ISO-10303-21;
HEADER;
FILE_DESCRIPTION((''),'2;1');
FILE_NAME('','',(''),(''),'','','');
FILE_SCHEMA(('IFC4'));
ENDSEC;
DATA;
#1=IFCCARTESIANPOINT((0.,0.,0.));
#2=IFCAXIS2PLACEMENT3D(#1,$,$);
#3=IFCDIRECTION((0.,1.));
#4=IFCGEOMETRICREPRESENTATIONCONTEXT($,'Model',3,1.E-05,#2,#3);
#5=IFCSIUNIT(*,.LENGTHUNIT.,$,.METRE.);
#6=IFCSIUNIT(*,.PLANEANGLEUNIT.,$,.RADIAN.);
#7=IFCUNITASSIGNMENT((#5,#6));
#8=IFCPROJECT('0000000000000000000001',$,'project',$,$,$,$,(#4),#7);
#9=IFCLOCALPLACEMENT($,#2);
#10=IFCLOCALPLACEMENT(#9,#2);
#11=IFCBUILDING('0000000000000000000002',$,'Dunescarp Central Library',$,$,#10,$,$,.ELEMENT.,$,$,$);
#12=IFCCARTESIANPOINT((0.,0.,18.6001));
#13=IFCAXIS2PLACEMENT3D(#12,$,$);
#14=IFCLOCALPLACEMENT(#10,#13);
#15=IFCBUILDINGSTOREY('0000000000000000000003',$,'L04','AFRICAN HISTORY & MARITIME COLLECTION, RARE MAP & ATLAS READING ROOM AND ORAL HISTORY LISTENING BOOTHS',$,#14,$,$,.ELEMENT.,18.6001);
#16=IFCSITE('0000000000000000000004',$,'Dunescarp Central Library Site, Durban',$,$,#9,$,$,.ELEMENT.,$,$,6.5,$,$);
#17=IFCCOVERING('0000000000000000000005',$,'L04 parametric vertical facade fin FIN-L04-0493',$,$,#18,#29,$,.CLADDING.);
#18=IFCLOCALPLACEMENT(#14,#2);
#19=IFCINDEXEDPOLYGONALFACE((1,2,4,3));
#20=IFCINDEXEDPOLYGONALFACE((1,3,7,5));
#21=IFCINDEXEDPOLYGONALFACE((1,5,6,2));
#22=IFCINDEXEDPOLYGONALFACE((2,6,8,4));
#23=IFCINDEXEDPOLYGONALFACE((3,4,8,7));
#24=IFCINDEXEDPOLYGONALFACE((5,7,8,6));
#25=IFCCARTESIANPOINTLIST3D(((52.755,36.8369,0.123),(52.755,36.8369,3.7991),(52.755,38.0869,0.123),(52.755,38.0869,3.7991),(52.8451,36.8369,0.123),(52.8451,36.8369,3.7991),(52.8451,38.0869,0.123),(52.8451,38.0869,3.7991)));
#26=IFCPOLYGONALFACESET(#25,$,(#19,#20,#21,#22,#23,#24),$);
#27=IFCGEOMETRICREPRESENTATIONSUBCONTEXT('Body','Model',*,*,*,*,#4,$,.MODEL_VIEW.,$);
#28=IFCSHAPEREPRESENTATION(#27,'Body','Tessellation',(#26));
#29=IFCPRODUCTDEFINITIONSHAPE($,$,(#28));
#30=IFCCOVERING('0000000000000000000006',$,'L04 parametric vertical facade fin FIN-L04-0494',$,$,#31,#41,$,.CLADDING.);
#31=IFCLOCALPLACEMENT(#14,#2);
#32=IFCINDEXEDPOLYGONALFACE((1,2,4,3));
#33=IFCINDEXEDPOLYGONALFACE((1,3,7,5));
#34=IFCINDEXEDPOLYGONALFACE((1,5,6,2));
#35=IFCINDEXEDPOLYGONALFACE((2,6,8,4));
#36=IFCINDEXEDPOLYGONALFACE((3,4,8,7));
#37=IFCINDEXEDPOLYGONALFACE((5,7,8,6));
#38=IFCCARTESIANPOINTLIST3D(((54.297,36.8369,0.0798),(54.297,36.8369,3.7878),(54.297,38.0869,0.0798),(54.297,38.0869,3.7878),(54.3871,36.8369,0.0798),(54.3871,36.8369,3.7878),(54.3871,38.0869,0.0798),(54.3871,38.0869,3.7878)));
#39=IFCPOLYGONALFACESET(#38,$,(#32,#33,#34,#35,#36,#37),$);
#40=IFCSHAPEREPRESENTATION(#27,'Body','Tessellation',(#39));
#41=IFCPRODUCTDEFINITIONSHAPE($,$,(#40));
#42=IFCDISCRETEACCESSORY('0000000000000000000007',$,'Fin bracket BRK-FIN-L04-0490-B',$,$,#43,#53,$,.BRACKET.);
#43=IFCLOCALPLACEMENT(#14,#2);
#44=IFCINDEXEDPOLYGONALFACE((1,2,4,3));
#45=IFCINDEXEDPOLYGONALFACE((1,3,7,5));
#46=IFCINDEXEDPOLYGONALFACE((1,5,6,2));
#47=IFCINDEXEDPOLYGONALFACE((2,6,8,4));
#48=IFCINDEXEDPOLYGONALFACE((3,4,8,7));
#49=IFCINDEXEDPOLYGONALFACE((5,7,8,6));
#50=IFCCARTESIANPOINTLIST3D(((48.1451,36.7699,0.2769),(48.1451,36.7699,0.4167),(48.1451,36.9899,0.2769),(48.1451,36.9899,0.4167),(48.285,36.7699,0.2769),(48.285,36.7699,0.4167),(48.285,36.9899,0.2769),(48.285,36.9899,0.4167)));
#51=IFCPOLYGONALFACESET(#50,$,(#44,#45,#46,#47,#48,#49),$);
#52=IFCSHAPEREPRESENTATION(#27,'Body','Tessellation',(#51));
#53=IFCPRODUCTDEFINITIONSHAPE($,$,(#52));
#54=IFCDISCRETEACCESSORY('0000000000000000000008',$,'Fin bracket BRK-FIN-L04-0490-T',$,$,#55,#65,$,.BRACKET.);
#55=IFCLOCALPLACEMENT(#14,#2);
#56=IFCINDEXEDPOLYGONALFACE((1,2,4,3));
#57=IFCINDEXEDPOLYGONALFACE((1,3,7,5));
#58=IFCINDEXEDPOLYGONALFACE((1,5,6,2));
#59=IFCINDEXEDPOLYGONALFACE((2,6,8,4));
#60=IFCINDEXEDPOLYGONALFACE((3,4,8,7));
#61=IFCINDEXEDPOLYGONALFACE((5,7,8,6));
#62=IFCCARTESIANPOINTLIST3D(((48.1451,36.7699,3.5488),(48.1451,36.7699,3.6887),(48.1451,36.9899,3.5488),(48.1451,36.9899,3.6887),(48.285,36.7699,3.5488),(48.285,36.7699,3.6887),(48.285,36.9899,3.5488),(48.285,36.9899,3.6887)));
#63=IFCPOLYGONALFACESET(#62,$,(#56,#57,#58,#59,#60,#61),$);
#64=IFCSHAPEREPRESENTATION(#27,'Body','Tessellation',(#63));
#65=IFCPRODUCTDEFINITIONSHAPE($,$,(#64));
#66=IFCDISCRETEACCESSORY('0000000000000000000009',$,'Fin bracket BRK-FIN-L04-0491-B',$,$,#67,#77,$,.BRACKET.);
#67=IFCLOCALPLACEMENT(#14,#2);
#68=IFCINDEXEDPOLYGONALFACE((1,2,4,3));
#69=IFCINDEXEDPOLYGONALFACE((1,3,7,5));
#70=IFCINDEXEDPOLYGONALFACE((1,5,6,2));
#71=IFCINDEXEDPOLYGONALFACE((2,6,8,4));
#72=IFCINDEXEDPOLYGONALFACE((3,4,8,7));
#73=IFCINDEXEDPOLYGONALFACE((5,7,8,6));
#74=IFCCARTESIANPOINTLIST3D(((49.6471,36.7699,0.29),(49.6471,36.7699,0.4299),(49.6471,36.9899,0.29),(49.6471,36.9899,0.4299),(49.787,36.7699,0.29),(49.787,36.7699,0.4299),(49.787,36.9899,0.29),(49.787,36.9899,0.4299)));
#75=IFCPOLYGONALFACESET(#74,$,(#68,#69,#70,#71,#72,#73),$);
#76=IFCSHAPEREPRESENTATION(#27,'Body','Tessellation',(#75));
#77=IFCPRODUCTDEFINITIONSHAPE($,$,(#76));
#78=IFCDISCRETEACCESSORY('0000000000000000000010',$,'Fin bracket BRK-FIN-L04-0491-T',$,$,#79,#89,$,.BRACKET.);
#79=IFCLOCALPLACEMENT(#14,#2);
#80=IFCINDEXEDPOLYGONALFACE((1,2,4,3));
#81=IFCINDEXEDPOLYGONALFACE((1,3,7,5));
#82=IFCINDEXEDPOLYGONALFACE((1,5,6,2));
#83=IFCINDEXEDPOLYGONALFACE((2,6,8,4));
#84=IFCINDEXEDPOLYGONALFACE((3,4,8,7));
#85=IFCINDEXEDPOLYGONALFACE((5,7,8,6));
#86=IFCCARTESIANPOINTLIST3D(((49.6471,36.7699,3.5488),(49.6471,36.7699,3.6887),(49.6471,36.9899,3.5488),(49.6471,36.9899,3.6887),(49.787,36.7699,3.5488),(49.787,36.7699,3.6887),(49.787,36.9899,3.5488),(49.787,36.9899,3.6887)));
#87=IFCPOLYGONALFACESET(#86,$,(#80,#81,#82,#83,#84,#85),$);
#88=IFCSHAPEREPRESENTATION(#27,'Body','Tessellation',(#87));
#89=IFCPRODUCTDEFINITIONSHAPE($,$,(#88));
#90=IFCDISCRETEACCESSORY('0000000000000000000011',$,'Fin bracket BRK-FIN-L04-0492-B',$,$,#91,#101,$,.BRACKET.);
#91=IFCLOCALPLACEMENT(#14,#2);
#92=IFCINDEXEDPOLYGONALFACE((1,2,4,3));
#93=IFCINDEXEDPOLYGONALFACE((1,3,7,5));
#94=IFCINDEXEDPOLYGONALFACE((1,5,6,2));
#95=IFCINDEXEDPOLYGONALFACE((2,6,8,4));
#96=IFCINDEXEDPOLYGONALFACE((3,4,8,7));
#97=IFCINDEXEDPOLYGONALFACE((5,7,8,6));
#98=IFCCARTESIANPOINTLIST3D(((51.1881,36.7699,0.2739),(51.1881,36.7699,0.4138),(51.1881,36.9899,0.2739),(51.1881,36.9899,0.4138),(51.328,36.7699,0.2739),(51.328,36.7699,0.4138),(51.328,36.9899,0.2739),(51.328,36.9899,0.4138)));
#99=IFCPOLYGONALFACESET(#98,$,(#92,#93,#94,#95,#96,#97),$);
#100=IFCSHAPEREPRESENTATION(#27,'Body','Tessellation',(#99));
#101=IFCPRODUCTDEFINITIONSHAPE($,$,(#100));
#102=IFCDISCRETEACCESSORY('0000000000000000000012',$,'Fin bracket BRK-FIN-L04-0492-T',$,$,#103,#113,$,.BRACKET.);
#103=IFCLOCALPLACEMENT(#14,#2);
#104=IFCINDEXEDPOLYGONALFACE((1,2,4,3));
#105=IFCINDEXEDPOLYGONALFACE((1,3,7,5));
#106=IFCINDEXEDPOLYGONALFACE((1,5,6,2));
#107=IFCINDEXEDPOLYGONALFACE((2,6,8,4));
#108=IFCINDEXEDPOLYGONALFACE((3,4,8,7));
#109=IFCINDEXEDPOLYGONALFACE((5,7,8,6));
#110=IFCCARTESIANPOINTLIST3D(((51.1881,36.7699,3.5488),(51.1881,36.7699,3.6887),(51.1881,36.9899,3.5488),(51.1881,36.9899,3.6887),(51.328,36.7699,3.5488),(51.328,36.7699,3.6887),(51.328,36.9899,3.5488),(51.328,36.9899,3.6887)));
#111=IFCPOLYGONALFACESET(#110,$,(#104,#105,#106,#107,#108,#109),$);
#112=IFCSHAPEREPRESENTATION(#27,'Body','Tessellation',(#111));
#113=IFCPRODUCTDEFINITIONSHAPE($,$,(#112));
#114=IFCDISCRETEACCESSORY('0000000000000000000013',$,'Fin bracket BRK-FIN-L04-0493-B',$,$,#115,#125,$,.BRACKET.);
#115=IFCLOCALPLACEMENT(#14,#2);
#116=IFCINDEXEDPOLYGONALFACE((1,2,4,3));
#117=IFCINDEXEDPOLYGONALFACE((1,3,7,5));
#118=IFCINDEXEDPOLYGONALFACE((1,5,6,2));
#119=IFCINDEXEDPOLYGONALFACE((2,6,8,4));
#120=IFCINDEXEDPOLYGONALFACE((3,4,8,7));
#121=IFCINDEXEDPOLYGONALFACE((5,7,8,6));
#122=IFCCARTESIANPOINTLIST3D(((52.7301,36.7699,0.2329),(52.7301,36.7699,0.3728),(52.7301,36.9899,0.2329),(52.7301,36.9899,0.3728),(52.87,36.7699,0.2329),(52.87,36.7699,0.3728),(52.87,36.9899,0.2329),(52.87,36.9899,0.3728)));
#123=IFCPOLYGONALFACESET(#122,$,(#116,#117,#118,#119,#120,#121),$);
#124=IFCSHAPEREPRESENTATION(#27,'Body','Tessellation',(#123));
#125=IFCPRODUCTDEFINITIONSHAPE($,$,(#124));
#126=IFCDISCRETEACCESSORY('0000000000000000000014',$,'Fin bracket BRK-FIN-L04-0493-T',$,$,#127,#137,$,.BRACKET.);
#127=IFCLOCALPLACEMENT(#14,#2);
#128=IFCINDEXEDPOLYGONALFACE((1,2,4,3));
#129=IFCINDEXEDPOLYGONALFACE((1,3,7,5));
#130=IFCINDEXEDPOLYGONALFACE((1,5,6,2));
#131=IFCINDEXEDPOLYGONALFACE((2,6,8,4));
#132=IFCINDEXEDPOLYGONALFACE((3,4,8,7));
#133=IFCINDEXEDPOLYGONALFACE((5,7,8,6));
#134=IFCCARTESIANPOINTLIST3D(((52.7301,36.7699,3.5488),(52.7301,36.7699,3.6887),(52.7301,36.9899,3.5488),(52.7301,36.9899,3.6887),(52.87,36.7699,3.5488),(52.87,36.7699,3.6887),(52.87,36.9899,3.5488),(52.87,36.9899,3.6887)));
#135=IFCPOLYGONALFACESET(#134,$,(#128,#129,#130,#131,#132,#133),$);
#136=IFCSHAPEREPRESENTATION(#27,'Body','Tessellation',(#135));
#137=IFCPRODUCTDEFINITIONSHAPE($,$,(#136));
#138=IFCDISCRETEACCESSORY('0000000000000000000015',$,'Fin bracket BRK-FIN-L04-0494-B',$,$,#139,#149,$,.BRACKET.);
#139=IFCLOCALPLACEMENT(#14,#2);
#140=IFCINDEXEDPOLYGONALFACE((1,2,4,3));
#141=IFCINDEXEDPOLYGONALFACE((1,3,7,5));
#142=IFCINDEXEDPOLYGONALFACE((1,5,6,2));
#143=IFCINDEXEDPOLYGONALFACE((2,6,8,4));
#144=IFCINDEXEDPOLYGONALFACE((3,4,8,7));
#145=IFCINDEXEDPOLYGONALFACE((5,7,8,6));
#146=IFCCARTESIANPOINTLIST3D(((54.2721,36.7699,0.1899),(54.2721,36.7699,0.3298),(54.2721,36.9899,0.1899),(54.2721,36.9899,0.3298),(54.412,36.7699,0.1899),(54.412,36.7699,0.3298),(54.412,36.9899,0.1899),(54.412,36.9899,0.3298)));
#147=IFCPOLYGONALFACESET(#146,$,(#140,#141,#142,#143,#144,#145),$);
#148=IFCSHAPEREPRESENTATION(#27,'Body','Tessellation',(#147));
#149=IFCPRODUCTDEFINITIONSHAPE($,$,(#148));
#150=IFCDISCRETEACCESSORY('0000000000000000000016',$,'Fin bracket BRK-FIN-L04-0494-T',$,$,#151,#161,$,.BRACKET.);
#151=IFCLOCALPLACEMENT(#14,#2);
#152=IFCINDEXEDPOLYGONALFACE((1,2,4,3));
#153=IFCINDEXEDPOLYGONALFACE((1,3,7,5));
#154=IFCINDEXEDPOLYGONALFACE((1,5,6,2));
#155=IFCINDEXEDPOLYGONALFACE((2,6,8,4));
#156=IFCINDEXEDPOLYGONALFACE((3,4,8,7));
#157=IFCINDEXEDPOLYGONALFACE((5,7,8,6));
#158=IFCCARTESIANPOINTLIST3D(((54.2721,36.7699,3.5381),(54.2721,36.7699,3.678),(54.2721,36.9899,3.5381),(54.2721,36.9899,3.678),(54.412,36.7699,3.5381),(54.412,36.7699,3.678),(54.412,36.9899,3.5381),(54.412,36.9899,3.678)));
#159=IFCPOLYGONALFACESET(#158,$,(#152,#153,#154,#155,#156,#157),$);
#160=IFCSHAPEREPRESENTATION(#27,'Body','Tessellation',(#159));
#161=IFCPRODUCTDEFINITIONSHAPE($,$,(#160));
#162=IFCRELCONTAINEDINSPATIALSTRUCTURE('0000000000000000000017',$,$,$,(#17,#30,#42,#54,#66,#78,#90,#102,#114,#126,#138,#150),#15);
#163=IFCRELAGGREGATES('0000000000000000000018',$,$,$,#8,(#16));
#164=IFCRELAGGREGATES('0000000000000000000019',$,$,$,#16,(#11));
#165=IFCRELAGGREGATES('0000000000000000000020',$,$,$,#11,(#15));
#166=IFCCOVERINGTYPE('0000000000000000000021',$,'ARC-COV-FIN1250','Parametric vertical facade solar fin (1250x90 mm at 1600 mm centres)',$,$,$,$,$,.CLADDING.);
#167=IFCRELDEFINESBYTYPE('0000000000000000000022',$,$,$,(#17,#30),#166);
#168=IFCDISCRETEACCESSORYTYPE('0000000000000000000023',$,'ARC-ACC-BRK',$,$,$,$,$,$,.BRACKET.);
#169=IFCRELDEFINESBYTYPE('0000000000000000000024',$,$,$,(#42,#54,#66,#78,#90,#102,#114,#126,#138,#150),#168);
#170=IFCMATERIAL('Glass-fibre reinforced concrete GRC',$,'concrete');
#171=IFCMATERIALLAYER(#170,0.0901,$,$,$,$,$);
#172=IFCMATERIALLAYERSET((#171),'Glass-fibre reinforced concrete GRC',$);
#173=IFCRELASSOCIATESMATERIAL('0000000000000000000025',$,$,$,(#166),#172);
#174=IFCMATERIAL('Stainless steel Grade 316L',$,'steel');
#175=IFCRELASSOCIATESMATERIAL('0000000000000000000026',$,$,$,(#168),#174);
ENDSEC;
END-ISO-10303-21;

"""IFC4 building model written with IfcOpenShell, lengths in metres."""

from ifc_helpers import new_model, si_unit, direction, frame, origin, origin_2d, place, context, subcontext, project, spatial, rectangle, extrude, material, layer, layer_set, type_object, element, save


model = new_model("IFC4")

# Units and contexts
model_context = context("Model", 3, precision=1e-05, world=origin(), true_north=direction((0.0, 1.0)))
body_context = subcontext(model_context, "Body", "Model", "MODEL_VIEW")
ifc_project = project(units=[si_unit("LENGTHUNIT", "METRE"), si_unit("PLANEANGLEUNIT", "RADIAN")], contexts=[model_context])

# Site, building, storey
site_placement = place(None, origin())
site = spatial("IfcSite", under=ifc_project, at=site_placement, Name="Dunescarp Central Library Site, Durban", CompositionType="ELEMENT", RefElevation=6.5)
building_placement = place(site_placement, origin())
building = spatial("IfcBuilding", under=site, at=building_placement, Name="Dunescarp Central Library", CompositionType="ELEMENT")
storey_placement = place(building_placement, frame((0.0, 0.0, 18.6001)))
storey = spatial("IfcBuildingStorey", under=building, at=storey_placement, Name="L04", Description="AFRICAN HISTORY & MARITIME COLLECTION, RARE MAP & ATLAS READING ROOM AND ORAL HISTORY LISTENING BOOTHS", CompositionType="ELEMENT", Elevation=18.6001)

# Coverings
ifc_material_1 = material(Name="Glass-fibre reinforced concrete GRC", Category="concrete")
ifc_layer_1 = layer(ifc_material_1, 0.0901)
ifc_layer_set_1 = layer_set([ifc_layer_1], Name="Glass-fibre reinforced concrete GRC")
covering_type = type_object("IfcCoveringType", Name="ARC-COV-FIN1250", Description="Parametric vertical facade solar fin (1250x90 mm at 1600 mm centres)", PredefinedType="CLADDING", material=ifc_layer_set_1)
covering_1_placement = place(storey_placement, frame((52.8, 37.4619, 0.123), z_axis=(0.0, 0.0, 1.0), x_axis=(0.0, 1.0, 0.0)))
element("IfcCovering", 1, at=covering_1_placement, inside=storey, type_object=covering_type, Name="L04 parametric vertical facade fin FIN-L04-0493", PredefinedType="CLADDING", context=body_context, shape_type="SweptSolid", body=[
    extrude(rectangle(XDim=1.25, YDim=0.0901, at=origin_2d()), origin(), (0.0, 0.0, 1.0), 3.676),
])
covering_2_placement = place(storey_placement, frame((54.342, 37.4619, 0.0798), z_axis=(0.0, 0.0, 1.0), x_axis=(0.0, 1.0, 0.0)))
element("IfcCovering", 2, at=covering_2_placement, inside=storey, type_object=covering_type, Name="L04 parametric vertical facade fin FIN-L04-0494", PredefinedType="CLADDING", context=body_context, shape_type="SweptSolid", body=[
    extrude(rectangle(XDim=1.25, YDim=0.0901, at=origin_2d()), origin(), (0.0, 0.0, 1.0), 3.708),
])

# Discrete accessories
ifc_material_2 = material(Name="Stainless steel Grade 316L", Category="steel")
discrete_accessory_type = type_object("IfcDiscreteAccessoryType", Name="ARC-ACC-BRK", PredefinedType="BRACKET", material=ifc_material_2)
for number, where, z_axis, x_axis, name in (
    (3, (48.2151, 36.8799, 0.2769), (0.0, 0.0, 1.0), (0.0, 1.0, 0.0), "Fin bracket BRK-FIN-L04-0490-B"),
    (4, (48.2151, 36.8799, 3.5488), (0.0, 0.0, 1.0), (0.0, 1.0, 0.0), "Fin bracket BRK-FIN-L04-0490-T"),
    (5, (49.717, 36.8799, 0.29), (0.0, 0.0, 1.0), (0.0, 1.0, 0.0), "Fin bracket BRK-FIN-L04-0491-B"),
    (6, (49.717, 36.8799, 3.5488), (0.0, 0.0, 1.0), (0.0, 1.0, 0.0), "Fin bracket BRK-FIN-L04-0491-T"),
    (7, (51.2581, 36.8799, 0.2739), (0.0, 0.0, 1.0), (0.0, 1.0, 0.0), "Fin bracket BRK-FIN-L04-0492-B"),
    (8, (51.2581, 36.8799, 3.5488), (0.0, 0.0, 1.0), (0.0, 1.0, 0.0), "Fin bracket BRK-FIN-L04-0492-T"),
    (9, (52.8, 36.8799, 0.2329), (0.0, 0.0, 1.0), (0.0, 1.0, 0.0), "Fin bracket BRK-FIN-L04-0493-B"),
    (10, (52.8, 36.8799, 3.5488), (0.0, 0.0, 1.0), (0.0, 1.0, 0.0), "Fin bracket BRK-FIN-L04-0493-T"),
    (11, (54.342, 36.8799, 0.1899), (0.0, 0.0, 1.0), (0.0, 1.0, 0.0), "Fin bracket BRK-FIN-L04-0494-B"),
    (12, (54.342, 36.8799, 3.5381), (0.0, 0.0, 1.0), (0.0, 1.0, 0.0), "Fin bracket BRK-FIN-L04-0494-T"),
):
    element("IfcDiscreteAccessory", number, at=place(storey_placement, frame(where, z_axis=z_axis, x_axis=x_axis)), inside=storey, type_object=discrete_accessory_type, Name=name, PredefinedType="BRACKET", context=body_context, shape_type="SweptSolid", body=[
        extrude(rectangle(XDim=0.22, YDim=0.1399, at=origin_2d()), origin(), (0.0, 0.0, 1.0), 0.1399),
    ])

save(model, "model.ifc")
